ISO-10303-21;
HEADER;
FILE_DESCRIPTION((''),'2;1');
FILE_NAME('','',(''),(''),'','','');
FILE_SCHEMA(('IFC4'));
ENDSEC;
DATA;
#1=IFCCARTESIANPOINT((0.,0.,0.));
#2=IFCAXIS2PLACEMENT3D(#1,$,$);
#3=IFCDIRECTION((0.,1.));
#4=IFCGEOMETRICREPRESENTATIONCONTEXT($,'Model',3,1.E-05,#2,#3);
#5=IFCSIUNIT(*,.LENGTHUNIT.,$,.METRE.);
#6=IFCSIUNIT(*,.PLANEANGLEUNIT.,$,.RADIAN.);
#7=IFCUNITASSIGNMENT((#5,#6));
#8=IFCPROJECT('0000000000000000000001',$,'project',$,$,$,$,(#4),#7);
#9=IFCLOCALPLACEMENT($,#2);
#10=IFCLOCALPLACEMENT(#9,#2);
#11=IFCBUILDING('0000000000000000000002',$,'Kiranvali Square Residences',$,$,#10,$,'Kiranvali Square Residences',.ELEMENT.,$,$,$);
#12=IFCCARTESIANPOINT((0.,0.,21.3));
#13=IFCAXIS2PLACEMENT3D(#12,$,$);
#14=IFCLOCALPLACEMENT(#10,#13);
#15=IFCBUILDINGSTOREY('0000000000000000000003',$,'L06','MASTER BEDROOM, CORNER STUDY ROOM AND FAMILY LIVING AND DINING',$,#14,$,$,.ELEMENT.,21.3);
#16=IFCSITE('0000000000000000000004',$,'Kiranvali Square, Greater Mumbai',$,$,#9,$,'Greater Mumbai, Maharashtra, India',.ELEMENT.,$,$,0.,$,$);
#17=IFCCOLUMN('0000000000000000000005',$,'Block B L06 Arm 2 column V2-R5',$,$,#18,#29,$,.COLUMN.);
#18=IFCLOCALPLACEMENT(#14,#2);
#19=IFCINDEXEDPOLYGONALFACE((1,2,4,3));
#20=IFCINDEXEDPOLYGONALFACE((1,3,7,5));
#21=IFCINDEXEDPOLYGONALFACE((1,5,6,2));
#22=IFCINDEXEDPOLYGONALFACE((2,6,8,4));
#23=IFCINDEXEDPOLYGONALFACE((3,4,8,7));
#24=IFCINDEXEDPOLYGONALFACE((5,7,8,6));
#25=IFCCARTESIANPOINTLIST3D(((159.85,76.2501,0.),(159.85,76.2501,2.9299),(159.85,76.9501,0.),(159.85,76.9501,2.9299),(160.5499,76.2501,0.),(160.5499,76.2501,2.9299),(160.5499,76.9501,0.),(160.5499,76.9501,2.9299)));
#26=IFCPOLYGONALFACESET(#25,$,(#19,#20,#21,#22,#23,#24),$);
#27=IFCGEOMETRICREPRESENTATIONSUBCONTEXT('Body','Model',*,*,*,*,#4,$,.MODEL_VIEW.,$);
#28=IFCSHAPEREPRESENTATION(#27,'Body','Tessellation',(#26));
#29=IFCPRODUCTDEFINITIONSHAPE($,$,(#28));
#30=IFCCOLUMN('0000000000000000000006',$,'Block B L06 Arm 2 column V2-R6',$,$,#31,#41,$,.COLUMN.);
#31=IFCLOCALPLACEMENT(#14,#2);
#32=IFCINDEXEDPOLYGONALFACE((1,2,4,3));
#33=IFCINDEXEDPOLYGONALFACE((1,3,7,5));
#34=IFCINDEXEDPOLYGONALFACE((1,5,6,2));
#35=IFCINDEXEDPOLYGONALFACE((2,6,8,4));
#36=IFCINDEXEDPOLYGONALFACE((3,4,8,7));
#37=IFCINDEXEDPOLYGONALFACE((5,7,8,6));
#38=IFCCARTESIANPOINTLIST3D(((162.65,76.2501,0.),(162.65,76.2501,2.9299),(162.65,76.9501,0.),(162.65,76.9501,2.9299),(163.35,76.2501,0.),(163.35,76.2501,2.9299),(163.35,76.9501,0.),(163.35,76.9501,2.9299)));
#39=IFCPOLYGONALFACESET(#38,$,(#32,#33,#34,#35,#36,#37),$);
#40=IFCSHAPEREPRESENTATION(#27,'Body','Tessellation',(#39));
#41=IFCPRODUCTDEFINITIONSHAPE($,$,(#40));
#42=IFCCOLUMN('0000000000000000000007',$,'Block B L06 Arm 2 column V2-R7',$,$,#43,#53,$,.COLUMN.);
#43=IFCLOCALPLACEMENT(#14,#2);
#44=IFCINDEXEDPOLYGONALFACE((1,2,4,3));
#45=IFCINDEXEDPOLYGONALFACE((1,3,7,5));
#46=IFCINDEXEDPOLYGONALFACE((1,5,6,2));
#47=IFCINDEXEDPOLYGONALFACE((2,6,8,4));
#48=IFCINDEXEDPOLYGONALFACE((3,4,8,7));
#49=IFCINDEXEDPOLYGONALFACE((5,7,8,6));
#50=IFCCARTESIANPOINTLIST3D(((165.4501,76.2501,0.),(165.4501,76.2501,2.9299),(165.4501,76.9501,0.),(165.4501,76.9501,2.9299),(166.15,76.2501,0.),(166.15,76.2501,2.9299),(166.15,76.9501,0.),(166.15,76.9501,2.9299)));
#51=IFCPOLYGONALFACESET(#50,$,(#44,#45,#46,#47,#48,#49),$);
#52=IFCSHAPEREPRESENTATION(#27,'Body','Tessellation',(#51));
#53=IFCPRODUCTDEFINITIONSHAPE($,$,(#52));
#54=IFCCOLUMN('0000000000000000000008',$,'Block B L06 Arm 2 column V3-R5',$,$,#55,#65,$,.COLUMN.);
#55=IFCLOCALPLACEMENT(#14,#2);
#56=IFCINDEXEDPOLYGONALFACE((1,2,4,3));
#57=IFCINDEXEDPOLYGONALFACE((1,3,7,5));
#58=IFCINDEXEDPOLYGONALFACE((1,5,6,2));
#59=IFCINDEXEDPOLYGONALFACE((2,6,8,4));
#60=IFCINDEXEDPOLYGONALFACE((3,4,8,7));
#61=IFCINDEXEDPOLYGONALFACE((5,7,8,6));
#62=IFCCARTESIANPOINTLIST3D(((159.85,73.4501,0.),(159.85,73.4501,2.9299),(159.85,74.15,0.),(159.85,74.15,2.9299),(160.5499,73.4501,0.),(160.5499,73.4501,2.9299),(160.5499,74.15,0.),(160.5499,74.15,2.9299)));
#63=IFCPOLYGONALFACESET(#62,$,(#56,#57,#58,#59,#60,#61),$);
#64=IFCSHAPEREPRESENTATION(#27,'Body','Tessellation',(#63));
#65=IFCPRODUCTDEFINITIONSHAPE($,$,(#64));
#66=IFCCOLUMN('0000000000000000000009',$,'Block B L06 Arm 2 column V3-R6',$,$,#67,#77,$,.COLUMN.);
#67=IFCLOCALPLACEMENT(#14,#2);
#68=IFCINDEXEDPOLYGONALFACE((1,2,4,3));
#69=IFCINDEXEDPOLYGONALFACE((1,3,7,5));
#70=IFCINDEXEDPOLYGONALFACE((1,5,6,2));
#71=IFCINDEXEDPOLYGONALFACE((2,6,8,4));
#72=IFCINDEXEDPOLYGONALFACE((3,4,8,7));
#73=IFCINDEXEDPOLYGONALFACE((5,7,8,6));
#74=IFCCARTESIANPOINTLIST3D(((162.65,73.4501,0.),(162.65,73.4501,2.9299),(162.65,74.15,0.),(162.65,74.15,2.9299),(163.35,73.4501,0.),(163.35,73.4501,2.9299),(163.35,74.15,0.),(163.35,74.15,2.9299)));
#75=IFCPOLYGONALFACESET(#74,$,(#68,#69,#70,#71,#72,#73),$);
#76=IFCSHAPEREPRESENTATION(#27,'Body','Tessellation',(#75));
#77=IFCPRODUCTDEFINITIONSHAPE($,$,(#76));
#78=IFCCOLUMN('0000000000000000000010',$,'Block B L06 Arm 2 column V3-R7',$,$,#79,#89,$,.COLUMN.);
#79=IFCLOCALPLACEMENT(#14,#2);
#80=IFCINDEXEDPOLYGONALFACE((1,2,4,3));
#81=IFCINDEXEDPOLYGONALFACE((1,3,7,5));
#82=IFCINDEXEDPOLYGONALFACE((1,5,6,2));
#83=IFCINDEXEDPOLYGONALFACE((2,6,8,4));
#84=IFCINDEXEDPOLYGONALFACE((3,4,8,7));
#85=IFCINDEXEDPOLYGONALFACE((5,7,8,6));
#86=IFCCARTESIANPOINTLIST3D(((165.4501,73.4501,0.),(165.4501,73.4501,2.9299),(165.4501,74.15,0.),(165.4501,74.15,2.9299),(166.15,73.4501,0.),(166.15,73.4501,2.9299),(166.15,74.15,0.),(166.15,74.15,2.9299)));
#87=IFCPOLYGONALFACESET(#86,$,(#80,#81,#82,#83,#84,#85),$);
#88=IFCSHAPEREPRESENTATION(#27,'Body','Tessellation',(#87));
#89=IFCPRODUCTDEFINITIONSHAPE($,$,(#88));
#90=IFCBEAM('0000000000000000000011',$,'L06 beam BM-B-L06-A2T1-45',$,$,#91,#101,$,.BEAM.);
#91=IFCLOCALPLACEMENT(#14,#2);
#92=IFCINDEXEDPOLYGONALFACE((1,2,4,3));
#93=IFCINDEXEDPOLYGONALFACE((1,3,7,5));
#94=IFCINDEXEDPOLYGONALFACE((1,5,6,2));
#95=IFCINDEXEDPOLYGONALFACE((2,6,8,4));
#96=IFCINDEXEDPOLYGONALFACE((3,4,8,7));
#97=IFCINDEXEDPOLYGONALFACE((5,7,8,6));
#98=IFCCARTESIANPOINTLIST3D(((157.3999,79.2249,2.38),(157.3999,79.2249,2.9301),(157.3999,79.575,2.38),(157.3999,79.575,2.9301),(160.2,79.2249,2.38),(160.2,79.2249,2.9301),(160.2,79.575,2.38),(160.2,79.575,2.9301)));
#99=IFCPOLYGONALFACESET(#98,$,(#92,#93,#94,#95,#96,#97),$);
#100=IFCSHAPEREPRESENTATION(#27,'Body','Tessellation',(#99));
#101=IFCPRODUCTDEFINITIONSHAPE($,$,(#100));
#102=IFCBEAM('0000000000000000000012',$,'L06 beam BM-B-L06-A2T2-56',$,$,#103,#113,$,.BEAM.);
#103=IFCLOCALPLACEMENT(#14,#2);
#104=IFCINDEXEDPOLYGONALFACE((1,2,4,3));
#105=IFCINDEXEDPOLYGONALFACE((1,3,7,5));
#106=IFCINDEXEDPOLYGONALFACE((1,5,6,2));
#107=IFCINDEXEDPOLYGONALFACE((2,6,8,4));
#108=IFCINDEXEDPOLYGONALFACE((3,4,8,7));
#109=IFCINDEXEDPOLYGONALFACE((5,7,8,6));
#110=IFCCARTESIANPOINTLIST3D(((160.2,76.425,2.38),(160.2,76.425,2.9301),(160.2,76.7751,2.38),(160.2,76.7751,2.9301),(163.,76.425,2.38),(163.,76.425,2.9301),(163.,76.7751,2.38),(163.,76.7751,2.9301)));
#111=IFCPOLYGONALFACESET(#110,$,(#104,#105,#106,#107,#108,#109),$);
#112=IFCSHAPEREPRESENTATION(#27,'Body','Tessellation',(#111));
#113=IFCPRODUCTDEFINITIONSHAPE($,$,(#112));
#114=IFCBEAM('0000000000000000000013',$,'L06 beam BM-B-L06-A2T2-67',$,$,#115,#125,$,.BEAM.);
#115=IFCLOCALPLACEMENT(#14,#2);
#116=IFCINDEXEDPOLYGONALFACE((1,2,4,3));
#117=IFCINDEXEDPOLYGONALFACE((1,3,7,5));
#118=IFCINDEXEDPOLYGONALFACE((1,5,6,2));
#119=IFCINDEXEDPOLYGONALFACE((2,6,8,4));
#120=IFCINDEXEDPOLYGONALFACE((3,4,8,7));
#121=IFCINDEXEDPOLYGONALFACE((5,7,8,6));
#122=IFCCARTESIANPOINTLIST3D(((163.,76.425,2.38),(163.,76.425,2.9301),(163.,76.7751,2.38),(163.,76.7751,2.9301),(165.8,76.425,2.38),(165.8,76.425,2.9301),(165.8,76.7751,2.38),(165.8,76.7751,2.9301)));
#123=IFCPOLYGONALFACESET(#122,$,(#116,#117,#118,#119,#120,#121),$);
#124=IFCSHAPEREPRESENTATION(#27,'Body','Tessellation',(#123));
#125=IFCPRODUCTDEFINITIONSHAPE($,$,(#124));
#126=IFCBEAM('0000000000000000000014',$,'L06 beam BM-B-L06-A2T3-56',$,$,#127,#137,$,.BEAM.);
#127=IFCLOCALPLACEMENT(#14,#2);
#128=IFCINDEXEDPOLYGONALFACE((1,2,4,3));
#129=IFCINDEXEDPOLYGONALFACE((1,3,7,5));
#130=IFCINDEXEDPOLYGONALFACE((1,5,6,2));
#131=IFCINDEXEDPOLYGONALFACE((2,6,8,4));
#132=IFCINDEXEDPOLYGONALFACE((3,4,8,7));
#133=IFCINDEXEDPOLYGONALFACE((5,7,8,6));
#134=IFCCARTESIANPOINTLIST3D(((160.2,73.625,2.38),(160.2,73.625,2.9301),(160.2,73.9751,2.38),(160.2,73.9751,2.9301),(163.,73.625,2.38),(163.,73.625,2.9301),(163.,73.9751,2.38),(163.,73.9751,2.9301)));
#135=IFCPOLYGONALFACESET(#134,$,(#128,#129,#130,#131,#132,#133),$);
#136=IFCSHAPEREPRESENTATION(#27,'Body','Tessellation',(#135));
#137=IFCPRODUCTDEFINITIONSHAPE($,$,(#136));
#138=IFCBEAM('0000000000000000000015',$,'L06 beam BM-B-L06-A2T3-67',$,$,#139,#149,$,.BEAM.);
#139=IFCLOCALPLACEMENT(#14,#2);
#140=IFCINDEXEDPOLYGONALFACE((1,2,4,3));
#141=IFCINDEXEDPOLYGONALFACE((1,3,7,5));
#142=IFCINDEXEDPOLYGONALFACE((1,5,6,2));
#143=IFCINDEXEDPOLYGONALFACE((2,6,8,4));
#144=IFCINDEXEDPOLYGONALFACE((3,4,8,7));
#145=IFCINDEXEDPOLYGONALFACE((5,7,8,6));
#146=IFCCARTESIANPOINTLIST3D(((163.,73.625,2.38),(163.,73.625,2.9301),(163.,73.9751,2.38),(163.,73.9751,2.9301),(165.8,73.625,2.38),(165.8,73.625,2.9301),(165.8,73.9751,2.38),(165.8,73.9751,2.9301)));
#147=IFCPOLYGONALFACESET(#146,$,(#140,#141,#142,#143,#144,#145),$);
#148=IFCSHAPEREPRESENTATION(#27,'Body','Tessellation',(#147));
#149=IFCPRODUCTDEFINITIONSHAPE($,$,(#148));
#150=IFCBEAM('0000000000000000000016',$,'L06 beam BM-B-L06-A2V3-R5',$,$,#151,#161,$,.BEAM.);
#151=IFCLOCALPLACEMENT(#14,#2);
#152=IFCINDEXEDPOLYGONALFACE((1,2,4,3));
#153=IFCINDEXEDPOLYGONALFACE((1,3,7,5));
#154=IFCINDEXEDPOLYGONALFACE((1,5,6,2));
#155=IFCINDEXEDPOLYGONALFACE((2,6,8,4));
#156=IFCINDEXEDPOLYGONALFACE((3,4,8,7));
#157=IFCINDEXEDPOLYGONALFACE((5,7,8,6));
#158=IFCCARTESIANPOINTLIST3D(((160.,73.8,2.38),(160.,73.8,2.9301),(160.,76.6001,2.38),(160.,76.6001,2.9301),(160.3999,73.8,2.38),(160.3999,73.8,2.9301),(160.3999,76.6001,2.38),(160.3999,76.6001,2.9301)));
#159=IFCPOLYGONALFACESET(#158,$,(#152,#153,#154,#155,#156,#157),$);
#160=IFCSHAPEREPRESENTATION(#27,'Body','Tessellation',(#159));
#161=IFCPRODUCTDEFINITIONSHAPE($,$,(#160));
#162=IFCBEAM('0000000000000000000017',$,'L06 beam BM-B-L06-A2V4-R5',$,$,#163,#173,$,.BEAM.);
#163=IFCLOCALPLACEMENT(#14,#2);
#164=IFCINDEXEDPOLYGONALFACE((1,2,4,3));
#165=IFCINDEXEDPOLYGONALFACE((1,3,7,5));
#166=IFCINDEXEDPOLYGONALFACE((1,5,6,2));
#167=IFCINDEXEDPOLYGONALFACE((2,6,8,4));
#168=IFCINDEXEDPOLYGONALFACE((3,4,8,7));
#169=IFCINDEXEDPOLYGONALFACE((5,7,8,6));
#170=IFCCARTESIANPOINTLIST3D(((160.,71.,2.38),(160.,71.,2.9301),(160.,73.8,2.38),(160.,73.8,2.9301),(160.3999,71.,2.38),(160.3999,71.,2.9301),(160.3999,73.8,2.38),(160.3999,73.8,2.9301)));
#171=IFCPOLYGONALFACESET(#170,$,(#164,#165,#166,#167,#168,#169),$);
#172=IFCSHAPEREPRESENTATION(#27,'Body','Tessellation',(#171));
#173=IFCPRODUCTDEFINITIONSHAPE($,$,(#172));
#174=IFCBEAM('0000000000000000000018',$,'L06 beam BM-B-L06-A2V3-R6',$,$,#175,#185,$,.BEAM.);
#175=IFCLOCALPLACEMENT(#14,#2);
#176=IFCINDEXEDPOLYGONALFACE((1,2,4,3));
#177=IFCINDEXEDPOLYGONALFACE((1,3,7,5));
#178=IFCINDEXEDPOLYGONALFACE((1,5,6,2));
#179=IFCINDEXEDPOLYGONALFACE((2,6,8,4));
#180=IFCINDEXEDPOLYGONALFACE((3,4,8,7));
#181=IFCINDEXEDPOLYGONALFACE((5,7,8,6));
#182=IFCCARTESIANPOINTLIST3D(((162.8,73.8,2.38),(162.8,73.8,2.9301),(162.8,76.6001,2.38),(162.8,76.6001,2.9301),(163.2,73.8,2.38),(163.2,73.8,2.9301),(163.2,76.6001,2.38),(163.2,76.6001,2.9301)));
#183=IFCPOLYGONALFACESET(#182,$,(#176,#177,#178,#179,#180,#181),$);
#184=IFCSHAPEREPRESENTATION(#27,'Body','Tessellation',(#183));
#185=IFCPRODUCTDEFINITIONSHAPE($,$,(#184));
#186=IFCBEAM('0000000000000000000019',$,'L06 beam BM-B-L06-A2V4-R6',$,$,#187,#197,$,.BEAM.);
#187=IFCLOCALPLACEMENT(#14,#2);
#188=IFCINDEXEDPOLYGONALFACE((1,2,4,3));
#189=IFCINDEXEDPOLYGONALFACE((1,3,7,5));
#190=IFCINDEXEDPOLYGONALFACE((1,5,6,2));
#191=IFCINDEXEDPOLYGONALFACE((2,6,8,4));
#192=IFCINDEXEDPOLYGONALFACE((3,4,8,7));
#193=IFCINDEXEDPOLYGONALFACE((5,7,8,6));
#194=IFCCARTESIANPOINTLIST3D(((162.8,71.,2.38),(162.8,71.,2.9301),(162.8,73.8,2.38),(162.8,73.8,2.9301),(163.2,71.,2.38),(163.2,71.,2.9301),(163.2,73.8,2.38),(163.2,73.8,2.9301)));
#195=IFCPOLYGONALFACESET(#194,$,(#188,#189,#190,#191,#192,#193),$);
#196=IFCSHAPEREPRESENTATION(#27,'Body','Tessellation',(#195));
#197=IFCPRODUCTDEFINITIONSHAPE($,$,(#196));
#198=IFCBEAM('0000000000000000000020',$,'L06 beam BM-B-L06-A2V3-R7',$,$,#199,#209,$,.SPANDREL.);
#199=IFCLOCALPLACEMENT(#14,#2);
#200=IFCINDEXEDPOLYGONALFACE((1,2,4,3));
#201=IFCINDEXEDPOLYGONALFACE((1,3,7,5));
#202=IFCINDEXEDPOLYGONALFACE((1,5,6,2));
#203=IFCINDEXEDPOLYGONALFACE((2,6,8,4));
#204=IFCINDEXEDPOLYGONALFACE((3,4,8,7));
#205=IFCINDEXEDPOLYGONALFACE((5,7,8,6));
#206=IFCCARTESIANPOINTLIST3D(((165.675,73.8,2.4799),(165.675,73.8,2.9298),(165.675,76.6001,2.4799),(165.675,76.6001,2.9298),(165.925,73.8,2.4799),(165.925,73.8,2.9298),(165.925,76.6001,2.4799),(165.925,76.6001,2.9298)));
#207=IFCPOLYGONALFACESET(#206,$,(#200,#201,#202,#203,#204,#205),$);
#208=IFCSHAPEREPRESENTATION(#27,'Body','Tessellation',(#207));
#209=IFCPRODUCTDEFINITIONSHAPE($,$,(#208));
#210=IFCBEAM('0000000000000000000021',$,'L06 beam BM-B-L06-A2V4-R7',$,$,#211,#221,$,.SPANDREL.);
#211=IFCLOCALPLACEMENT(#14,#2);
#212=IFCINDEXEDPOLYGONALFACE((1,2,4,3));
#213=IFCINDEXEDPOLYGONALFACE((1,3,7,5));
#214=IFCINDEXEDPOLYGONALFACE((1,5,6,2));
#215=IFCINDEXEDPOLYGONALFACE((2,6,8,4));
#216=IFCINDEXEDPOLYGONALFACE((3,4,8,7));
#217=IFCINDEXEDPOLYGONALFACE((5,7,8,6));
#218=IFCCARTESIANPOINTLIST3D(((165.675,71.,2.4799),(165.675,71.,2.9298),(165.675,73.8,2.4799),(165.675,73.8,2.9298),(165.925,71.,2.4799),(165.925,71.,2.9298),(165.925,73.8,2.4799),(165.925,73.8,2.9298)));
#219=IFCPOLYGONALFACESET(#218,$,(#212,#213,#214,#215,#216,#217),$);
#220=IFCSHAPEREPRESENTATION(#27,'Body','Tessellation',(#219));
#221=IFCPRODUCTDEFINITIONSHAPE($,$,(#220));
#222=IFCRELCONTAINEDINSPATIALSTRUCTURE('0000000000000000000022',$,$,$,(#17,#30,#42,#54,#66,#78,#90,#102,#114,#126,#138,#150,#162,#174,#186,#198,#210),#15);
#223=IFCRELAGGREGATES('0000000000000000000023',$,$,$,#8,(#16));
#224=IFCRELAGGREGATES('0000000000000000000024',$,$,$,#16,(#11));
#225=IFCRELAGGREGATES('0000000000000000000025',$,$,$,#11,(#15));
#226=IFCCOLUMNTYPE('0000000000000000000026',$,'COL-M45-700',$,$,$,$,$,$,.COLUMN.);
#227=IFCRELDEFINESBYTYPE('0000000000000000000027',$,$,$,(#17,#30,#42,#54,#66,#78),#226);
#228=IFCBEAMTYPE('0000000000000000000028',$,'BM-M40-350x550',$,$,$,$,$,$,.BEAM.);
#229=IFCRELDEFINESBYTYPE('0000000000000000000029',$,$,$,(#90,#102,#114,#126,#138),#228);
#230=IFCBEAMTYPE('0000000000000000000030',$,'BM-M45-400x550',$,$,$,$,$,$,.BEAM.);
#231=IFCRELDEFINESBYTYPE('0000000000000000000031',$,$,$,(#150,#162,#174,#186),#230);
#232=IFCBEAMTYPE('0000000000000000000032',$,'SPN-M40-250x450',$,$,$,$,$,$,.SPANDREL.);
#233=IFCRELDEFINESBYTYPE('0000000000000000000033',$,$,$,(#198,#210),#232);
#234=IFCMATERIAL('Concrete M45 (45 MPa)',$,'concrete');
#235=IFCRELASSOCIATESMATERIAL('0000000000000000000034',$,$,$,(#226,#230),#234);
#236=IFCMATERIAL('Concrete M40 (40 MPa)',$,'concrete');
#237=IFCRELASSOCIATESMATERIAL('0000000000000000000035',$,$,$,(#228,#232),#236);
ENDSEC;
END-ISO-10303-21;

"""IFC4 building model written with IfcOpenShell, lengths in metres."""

from ifc_helpers import new_model, si_unit, direction, frame, origin, origin_2d, place, context, subcontext, project, spatial, rectangle, extrude, material, material_profile, profile_set, type_object, element, save


model = new_model("IFC4")

# Units and contexts
model_context = context("Model", 3, precision=1e-05, world=origin(), true_north=direction((0.0, 1.0)))
body_context = subcontext(model_context, "Body", "Model", "MODEL_VIEW")
ifc_project = project(units=[si_unit("LENGTHUNIT", "METRE"), si_unit("PLANEANGLEUNIT", "RADIAN")], contexts=[model_context])

# Site, building, storey
site_placement = place(None, origin())
site = spatial("IfcSite", under=ifc_project, at=site_placement, Name="Kiranvali Square, Greater Mumbai", LongName="Greater Mumbai, Maharashtra, India", CompositionType="ELEMENT", RefElevation=0.0)
building_placement = place(site_placement, origin())
building = spatial("IfcBuilding", under=site, at=building_placement, Name="Kiranvali Square Residences", LongName="Kiranvali Square Residences", CompositionType="ELEMENT")
storey_placement = place(building_placement, frame((0.0, 0.0, 21.3)))
storey = spatial("IfcBuildingStorey", under=building, at=storey_placement, Name="L06", Description="MASTER BEDROOM, CORNER STUDY ROOM AND FAMILY LIVING AND DINING", CompositionType="ELEMENT", Elevation=21.3)

# Columns
ifc_material_1 = material(Name="Concrete M45 (45 MPa)", Category="concrete")
ifc_material_profile_1 = material_profile(ifc_material_1, rectangle(XDim=0.7, YDim=0.7, at=origin_2d()), Name="RC 700x700")
ifc_profile_set_1 = profile_set([ifc_material_profile_1], Name="Concrete M45 (45 MPa)")
column_type = type_object("IfcColumnType", Name="COL-M45-700", PredefinedType="COLUMN", material=ifc_profile_set_1)
for number, where, z_axis, x_axis, name in (
    (1, (160.2, 76.6001, 0.0), (0.0, 0.0, 1.0), (1.0, 0.0, 0.0), "Block B L06 Arm 2 column V2-R5"),
    (2, (163.0, 76.6001, 0.0), (0.0, 0.0, 1.0), (1.0, 0.0, 0.0), "Block B L06 Arm 2 column V2-R6"),
    (3, (165.8, 76.6001, 0.0), (0.0, 0.0, 1.0), (1.0, 0.0, 0.0), "Block B L06 Arm 2 column V2-R7"),
    (4, (160.2, 73.8, 0.0), (0.0, 0.0, 1.0), (1.0, 0.0, 0.0), "Block B L06 Arm 2 column V3-R5"),
    (5, (163.0, 73.8, 0.0), (0.0, 0.0, 1.0), (1.0, 0.0, 0.0), "Block B L06 Arm 2 column V3-R6"),
    (6, (165.8, 73.8, 0.0), (0.0, 0.0, 1.0), (1.0, 0.0, 0.0), "Block B L06 Arm 2 column V3-R7"),
):
    element("IfcColumn", number, at=place(storey_placement, frame(where, z_axis=z_axis, x_axis=x_axis)), inside=storey, type_object=column_type, Name=name, PredefinedType="COLUMN", context=body_context, shape_type="SweptSolid", body=[
        extrude(rectangle(XDim=0.7, YDim=0.7, at=origin_2d()), origin(), (0.0, 0.0, 1.0), 2.9299),
    ])

# Beams
ifc_material_2 = material(Name="Concrete M40 (40 MPa)", Category="concrete")
ifc_material_profile_2 = material_profile(ifc_material_2, rectangle(XDim=0.3501, YDim=0.55, at=origin_2d()), Name="RC 350x550")
ifc_profile_set_2 = profile_set([ifc_material_profile_2], Name="Concrete M40 (40 MPa)")
beam_type_1 = type_object("IfcBeamType", Name="BM-M40-350x550", PredefinedType="BEAM", material=ifc_profile_set_2)
for number, where, z_axis, x_axis, name in (
    (7, (157.3999, 79.3999, 2.655), (1.0, 0.0, 0.0), (0.0, 1.0, 0.0), "L06 beam BM-B-L06-A2T1-45"),
    (8, (160.2, 76.6001, 2.655), (1.0, 0.0, 0.0), (0.0, 1.0, 0.0), "L06 beam BM-B-L06-A2T2-56"),
    (9, (163.0, 76.6001, 2.655), (1.0, 0.0, 0.0), (0.0, 1.0, 0.0), "L06 beam BM-B-L06-A2T2-67"),
    (10, (160.2, 73.8, 2.655), (1.0, 0.0, 0.0), (0.0, 1.0, 0.0), "L06 beam BM-B-L06-A2T3-56"),
    (11, (163.0, 73.8, 2.655), (1.0, 0.0, 0.0), (0.0, 1.0, 0.0), "L06 beam BM-B-L06-A2T3-67"),
):
    element("IfcBeam", number, at=place(storey_placement, frame(where, z_axis=z_axis, x_axis=x_axis)), inside=storey, type_object=beam_type_1, Name=name, PredefinedType="BEAM", context=body_context, shape_type="SweptSolid", body=[
        extrude(rectangle(XDim=0.3501, YDim=0.55, at=origin_2d()), origin(), (0.0, 0.0, 1.0), 2.8),
    ])
ifc_material_profile_3 = material_profile(ifc_material_1, rectangle(XDim=0.3999, YDim=0.55, at=origin_2d()), Name="RC 400x550")
ifc_profile_set_3 = profile_set([ifc_material_profile_3], Name="Concrete M45 (45 MPa)")
beam_type_2 = type_object("IfcBeamType", Name="BM-M45-400x550", PredefinedType="BEAM", material=ifc_profile_set_3)
for number, where, z_axis, x_axis, name in (
    (12, (160.2, 76.6001, 2.655), (0.0, -1.0, 0.0), (1.0, 0.0, 0.0), "L06 beam BM-B-L06-A2V3-R5"),
    (13, (160.2, 73.8, 2.655), (0.0, -1.0, 0.0), (1.0, 0.0, 0.0), "L06 beam BM-B-L06-A2V4-R5"),
    (14, (163.0, 76.6001, 2.655), (0.0, -1.0, 0.0), (1.0, 0.0, 0.0), "L06 beam BM-B-L06-A2V3-R6"),
    (15, (163.0, 73.8, 2.655), (0.0, -1.0, 0.0), (1.0, 0.0, 0.0), "L06 beam BM-B-L06-A2V4-R6"),
):
    element("IfcBeam", number, at=place(storey_placement, frame(where, z_axis=z_axis, x_axis=x_axis)), inside=storey, type_object=beam_type_2, Name=name, PredefinedType="BEAM", context=body_context, shape_type="SweptSolid", body=[
        extrude(rectangle(XDim=0.3999, YDim=0.55, at=origin_2d()), origin(), (0.0, 0.0, 1.0), 2.8),
    ])
ifc_material_profile_4 = material_profile(ifc_material_2, rectangle(XDim=0.25, YDim=0.45, at=origin_2d()), Name="RC 250x450")
ifc_profile_set_4 = profile_set([ifc_material_profile_4], Name="Concrete M40 (40 MPa)")
beam_type_3 = type_object("IfcBeamType", Name="SPN-M40-250x450", PredefinedType="SPANDREL", material=ifc_profile_set_4)
for number, where, z_axis, x_axis, name in (
    (16, (165.8, 76.6001, 2.7048), (0.0, -1.0, 0.0), (1.0, 0.0, 0.0), "L06 beam BM-B-L06-A2V3-R7"),
    (17, (165.8, 73.8, 2.7048), (0.0, -1.0, 0.0), (1.0, 0.0, 0.0), "L06 beam BM-B-L06-A2V4-R7"),
):
    element("IfcBeam", number, at=place(storey_placement, frame(where, z_axis=z_axis, x_axis=x_axis)), inside=storey, type_object=beam_type_3, Name=name, PredefinedType="SPANDREL", context=body_context, shape_type="SweptSolid", body=[
        extrude(rectangle(XDim=0.25, YDim=0.45, at=origin_2d()), origin(), (0.0, 0.0, 1.0), 2.8),
    ])

save(model, "model.ifc")
